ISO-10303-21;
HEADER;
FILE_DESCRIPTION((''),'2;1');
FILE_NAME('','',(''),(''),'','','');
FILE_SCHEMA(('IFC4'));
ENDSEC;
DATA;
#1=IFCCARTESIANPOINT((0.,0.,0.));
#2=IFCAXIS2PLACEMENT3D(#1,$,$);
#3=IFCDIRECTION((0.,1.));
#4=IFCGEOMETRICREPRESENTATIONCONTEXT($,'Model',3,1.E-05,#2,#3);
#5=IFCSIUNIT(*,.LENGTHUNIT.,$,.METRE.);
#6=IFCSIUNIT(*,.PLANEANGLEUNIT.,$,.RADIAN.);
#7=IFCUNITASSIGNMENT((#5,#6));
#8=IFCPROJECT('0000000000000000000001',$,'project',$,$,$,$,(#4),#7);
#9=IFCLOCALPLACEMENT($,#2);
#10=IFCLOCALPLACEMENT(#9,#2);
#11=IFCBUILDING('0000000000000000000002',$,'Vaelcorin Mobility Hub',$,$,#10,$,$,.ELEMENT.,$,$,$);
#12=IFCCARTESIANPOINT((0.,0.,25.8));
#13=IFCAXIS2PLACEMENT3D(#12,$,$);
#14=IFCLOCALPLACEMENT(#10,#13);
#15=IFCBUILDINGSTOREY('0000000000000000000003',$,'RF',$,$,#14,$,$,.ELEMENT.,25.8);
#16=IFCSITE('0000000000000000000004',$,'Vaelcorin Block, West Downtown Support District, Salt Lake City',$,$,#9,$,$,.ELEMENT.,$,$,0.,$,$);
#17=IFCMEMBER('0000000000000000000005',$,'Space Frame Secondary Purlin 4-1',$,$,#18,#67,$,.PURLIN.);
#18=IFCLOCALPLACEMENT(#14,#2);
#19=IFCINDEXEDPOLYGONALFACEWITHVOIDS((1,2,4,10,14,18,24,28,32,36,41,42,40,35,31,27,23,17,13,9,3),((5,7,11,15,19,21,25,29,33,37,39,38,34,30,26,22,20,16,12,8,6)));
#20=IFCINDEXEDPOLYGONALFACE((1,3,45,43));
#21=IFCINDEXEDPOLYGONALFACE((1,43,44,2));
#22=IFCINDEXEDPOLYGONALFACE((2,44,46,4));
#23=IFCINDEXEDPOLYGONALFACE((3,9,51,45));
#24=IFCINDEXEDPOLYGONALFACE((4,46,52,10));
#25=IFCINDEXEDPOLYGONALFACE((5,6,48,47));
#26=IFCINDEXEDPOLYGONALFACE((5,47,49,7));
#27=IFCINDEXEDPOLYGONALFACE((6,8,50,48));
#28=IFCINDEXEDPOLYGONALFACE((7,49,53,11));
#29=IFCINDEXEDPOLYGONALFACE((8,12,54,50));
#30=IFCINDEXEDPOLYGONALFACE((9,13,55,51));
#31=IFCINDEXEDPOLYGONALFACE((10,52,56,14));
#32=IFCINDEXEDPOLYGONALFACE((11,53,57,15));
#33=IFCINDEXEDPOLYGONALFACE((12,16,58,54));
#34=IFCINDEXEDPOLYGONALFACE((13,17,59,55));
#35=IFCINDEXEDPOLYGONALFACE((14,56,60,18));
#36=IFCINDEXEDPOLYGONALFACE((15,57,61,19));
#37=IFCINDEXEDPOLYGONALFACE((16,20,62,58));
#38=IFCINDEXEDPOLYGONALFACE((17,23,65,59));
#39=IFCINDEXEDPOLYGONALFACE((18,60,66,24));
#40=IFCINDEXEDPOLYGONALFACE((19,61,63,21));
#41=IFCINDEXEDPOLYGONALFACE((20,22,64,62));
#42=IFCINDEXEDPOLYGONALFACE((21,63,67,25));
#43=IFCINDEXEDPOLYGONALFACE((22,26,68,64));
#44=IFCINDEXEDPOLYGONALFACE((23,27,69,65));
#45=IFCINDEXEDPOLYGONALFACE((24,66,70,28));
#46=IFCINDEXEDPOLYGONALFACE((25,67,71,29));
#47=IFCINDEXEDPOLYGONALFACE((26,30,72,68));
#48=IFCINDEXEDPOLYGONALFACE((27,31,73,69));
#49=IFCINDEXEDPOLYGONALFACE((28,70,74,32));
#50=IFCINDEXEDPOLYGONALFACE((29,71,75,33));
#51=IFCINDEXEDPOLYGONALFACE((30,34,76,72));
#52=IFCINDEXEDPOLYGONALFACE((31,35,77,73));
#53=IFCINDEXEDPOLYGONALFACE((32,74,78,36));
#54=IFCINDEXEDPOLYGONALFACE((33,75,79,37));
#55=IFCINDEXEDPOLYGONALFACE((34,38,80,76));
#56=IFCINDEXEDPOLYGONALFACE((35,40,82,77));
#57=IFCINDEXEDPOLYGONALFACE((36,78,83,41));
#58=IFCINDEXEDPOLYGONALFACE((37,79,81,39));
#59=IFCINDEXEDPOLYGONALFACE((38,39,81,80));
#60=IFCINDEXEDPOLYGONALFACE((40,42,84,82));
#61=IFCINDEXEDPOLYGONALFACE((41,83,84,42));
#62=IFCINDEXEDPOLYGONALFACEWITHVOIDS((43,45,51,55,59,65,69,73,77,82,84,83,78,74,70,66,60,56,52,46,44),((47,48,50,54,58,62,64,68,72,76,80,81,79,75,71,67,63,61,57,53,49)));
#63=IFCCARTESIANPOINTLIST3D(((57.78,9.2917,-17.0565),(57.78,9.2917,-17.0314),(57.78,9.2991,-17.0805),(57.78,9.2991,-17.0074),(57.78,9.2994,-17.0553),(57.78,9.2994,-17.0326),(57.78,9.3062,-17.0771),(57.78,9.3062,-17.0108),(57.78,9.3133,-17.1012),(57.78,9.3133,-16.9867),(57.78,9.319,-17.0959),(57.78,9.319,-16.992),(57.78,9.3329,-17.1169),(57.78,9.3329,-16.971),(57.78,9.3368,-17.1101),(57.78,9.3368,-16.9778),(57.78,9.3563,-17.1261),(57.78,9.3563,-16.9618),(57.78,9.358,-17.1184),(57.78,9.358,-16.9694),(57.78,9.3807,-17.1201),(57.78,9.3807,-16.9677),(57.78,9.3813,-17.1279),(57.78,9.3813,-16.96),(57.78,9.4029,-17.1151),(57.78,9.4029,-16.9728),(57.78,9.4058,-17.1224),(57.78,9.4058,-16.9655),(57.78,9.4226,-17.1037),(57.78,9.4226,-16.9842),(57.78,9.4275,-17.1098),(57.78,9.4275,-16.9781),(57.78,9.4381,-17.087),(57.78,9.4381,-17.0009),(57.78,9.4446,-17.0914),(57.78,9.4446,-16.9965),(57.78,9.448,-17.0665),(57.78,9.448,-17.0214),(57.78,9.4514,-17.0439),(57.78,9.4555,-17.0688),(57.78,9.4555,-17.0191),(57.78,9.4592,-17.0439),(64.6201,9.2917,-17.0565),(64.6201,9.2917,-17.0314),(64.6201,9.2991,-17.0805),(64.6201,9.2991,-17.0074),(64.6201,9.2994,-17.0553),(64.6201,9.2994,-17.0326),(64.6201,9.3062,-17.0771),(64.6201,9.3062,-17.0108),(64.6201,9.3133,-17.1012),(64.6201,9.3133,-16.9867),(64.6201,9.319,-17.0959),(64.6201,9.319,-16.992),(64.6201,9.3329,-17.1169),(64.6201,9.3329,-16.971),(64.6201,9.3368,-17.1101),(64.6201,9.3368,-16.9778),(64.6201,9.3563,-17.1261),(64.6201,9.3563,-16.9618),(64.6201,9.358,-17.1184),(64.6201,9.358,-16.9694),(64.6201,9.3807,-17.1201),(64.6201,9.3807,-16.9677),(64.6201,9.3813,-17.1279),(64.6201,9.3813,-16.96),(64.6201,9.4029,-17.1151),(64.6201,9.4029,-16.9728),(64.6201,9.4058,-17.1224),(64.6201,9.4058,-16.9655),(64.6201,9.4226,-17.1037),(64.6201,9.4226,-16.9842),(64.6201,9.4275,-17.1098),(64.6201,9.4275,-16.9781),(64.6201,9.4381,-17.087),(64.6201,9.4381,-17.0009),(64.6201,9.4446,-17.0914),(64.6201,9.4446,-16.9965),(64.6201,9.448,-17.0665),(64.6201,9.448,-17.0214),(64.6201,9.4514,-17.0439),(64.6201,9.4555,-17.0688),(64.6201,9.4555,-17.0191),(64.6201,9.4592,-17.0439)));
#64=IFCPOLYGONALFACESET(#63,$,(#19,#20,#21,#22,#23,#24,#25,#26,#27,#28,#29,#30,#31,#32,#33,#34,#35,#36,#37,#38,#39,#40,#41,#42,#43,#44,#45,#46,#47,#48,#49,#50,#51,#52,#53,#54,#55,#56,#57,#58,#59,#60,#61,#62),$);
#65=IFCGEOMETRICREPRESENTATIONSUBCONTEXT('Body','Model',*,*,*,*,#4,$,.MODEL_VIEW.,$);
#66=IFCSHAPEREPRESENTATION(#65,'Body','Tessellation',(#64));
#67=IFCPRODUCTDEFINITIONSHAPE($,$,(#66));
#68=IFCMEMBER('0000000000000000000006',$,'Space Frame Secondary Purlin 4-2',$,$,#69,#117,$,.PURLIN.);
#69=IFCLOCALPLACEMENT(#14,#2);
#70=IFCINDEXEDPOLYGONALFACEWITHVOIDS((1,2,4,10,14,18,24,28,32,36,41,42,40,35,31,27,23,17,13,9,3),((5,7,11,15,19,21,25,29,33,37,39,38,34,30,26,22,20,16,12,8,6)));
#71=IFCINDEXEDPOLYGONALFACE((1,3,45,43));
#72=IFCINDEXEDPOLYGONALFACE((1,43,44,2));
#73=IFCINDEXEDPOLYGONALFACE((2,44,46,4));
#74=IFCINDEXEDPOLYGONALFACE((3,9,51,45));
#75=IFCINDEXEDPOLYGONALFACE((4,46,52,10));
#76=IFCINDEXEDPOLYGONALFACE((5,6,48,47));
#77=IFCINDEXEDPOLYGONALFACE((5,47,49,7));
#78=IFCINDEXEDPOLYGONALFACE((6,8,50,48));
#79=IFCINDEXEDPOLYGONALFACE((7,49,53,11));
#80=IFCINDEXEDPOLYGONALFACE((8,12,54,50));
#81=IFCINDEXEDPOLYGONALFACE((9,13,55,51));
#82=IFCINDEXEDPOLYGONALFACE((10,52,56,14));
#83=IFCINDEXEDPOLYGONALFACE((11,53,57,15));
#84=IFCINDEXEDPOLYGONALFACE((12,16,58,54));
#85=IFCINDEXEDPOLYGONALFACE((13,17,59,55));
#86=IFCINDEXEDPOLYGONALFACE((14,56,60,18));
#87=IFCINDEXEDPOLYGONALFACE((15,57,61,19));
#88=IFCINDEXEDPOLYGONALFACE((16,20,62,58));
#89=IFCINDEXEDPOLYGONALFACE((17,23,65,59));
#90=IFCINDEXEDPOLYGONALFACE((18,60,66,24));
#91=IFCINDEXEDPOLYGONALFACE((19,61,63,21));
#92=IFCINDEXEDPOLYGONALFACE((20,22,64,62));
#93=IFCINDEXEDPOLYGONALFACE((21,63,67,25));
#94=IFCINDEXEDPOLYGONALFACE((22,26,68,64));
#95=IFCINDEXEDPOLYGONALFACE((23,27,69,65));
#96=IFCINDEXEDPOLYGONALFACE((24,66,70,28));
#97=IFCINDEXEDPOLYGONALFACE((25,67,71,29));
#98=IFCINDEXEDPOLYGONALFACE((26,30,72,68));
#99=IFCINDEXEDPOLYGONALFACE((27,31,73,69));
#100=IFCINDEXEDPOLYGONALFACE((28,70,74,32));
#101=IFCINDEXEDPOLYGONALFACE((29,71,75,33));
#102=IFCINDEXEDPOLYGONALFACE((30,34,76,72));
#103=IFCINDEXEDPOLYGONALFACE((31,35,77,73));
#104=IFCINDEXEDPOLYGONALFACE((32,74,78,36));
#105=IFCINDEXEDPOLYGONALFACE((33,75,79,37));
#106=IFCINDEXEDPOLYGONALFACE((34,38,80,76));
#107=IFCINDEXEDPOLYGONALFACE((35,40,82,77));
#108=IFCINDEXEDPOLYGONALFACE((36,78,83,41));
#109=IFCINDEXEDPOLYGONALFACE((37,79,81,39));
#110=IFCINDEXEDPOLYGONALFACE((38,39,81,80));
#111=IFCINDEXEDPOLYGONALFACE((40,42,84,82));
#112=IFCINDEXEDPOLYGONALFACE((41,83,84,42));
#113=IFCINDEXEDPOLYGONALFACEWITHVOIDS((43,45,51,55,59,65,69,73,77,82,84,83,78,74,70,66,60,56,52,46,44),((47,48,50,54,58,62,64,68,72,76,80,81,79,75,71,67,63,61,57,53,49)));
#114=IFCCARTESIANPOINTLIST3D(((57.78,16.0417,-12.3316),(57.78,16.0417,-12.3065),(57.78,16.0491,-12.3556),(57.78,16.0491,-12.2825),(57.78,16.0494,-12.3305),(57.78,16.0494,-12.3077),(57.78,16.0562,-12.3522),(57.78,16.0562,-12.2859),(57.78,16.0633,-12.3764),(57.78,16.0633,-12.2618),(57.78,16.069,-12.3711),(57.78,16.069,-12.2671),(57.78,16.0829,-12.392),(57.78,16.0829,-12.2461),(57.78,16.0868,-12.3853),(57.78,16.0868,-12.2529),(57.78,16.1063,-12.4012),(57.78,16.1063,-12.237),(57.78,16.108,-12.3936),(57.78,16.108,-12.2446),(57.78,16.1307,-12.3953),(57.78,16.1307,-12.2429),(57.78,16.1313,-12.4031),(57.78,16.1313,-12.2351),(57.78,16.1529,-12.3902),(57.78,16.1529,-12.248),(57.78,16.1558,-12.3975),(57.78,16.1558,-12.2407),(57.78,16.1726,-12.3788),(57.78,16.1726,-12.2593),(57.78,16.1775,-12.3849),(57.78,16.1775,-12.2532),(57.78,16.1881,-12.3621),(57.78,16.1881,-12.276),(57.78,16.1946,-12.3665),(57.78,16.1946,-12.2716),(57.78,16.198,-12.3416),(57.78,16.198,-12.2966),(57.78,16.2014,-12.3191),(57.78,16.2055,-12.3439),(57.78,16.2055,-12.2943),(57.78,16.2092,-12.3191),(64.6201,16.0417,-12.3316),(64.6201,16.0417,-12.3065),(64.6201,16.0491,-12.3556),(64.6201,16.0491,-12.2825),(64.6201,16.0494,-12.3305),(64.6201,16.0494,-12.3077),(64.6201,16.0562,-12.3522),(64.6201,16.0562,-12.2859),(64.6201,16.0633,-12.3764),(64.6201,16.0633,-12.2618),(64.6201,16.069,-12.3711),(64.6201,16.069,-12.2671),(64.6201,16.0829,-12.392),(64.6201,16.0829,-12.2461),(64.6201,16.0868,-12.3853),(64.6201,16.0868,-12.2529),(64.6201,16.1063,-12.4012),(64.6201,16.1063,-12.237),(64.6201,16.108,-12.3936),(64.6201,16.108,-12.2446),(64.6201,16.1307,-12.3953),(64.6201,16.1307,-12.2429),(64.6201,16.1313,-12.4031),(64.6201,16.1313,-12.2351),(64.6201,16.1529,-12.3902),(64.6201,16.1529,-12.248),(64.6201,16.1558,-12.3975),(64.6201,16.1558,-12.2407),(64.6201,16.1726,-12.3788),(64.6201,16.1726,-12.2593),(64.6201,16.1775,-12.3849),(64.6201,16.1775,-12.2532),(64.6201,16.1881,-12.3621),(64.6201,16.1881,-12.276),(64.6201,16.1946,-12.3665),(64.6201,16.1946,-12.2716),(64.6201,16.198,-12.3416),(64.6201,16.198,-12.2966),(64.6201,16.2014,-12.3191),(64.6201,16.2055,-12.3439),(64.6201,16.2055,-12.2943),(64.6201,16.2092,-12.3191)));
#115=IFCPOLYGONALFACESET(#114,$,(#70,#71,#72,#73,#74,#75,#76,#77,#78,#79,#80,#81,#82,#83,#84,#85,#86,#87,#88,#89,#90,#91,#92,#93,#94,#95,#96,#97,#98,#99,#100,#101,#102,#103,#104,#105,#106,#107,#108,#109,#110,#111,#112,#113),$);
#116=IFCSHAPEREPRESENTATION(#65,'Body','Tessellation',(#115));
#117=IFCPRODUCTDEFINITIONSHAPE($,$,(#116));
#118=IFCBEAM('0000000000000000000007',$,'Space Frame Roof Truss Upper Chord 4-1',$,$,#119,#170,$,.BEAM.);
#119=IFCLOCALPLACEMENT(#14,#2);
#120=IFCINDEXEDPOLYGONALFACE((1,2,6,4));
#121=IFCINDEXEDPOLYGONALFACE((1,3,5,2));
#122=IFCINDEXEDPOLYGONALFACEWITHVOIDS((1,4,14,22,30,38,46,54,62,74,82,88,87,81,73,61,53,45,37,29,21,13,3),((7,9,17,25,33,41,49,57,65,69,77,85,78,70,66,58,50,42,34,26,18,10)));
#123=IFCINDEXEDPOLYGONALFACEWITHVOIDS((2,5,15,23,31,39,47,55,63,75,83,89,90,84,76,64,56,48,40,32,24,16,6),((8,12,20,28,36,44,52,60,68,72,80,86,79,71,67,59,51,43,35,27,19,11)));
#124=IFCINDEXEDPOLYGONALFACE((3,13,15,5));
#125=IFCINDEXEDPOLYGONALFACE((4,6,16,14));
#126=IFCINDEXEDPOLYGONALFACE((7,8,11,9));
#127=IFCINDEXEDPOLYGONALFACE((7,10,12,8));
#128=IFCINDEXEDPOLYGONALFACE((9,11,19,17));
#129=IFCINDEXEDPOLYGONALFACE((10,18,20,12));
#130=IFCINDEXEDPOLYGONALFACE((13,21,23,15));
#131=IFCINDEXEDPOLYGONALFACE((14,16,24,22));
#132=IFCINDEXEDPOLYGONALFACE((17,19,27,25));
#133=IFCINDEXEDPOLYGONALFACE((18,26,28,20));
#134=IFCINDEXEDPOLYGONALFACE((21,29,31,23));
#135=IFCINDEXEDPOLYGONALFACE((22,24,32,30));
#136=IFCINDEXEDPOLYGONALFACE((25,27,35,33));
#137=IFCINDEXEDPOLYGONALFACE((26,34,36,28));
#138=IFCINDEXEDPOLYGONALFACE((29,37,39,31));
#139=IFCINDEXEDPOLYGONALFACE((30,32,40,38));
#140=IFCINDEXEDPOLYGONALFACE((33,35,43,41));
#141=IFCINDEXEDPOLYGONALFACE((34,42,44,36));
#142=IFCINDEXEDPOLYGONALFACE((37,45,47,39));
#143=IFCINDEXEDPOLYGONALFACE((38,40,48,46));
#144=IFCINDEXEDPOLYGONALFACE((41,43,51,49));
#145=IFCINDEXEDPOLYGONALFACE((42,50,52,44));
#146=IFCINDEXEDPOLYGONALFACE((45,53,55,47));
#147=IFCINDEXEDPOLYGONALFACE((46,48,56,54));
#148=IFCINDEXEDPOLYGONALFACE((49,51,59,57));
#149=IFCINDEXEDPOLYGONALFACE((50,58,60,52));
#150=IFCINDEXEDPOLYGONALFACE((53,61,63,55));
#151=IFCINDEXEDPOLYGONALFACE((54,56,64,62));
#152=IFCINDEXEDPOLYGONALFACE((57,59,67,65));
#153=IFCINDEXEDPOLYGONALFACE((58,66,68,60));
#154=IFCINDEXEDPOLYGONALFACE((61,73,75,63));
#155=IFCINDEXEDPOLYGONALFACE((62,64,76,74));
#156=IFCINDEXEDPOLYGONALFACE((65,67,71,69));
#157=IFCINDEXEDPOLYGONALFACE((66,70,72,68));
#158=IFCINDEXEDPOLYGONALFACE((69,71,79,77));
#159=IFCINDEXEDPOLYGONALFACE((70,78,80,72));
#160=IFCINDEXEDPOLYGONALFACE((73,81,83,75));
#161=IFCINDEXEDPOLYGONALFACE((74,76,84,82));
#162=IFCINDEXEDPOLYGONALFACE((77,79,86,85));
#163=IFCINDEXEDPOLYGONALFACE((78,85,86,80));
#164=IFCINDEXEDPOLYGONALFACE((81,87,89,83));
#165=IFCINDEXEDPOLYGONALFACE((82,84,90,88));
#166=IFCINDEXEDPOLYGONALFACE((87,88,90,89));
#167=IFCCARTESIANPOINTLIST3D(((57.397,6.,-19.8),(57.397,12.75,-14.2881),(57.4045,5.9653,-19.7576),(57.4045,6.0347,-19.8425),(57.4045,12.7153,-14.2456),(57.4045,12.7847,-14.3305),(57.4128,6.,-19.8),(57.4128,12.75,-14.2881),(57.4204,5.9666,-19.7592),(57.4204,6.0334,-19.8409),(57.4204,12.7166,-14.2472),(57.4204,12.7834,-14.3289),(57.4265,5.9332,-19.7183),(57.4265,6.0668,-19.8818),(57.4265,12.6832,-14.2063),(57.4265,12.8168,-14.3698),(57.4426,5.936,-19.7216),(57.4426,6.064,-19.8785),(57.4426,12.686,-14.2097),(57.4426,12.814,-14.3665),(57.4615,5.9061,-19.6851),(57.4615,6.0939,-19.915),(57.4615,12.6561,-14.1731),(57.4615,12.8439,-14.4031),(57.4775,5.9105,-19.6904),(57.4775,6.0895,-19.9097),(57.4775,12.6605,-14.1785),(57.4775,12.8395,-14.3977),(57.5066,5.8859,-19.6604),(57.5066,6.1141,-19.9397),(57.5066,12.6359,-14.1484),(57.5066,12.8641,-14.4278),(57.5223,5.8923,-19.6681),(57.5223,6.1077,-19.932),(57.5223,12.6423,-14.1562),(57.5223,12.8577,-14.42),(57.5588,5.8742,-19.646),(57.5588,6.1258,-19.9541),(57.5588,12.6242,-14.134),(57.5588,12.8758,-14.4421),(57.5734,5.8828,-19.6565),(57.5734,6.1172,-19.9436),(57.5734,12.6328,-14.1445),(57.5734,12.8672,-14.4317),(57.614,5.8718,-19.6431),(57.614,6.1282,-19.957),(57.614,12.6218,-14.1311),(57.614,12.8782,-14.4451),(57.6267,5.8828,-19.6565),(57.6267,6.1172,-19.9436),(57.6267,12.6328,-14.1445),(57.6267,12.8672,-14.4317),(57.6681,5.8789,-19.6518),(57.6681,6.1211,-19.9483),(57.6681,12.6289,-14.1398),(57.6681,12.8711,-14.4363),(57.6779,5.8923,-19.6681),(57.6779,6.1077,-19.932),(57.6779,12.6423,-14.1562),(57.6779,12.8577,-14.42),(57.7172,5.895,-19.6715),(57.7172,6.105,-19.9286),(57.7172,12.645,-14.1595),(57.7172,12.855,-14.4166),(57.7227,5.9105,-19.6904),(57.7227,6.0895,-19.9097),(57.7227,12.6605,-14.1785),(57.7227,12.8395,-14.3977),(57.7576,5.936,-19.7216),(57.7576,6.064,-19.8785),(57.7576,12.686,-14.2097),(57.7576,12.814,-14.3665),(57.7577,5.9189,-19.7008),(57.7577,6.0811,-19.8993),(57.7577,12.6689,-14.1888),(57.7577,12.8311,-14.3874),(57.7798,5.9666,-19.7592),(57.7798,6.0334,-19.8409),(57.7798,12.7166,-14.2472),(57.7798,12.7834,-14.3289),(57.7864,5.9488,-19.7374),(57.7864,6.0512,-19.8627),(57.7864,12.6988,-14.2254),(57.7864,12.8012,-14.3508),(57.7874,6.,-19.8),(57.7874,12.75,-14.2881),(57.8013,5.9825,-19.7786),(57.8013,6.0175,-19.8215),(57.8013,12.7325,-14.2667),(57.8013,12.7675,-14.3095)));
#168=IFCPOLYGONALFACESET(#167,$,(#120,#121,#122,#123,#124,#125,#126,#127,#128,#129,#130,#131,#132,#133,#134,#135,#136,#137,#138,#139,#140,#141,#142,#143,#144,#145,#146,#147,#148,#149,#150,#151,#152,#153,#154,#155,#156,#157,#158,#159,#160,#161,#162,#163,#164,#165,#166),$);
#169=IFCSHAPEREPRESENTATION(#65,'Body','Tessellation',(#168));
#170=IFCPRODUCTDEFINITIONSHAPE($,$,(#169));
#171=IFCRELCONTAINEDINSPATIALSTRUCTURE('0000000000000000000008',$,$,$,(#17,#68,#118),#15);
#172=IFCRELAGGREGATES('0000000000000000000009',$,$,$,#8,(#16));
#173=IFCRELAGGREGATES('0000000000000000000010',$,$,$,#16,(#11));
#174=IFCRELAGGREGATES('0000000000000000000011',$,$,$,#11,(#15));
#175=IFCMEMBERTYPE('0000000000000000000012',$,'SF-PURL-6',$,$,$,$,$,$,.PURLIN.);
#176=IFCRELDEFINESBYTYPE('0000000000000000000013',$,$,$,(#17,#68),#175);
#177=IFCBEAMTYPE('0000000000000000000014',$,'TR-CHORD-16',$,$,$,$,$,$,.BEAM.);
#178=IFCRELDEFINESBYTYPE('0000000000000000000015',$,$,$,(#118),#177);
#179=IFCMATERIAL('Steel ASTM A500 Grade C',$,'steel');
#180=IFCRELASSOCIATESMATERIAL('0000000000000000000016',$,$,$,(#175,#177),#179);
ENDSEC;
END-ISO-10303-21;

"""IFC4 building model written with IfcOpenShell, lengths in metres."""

from ifc_helpers import new_model, si_unit, direction, frame, origin, origin_2d, place, context, subcontext, project, spatial, hollow_circle, extrude, material, material_profile, profile_set, type_object, element, save


model = new_model("IFC4")

# Units and contexts
model_context = context("Model", 3, precision=1e-05, world=origin(), true_north=direction((0.0, 1.0)))
body_context = subcontext(model_context, "Body", "Model", "MODEL_VIEW")
ifc_project = project(units=[si_unit("LENGTHUNIT", "METRE"), si_unit("PLANEANGLEUNIT", "RADIAN")], contexts=[model_context])

# Site, building, storey
site_placement = place(None, origin())
site = spatial("IfcSite", under=ifc_project, at=site_placement, Name="Vaelcorin Block, West Downtown Support District, Salt Lake City", CompositionType="ELEMENT", RefElevation=0.0)
building_placement = place(site_placement, origin())
building = spatial("IfcBuilding", under=site, at=building_placement, Name="Vaelcorin Mobility Hub", CompositionType="ELEMENT")
storey_placement = place(building_placement, frame((0.0, 0.0, 25.8)))
storey = spatial("IfcBuildingStorey", under=building, at=storey_placement, Name="RF", CompositionType="ELEMENT", Elevation=25.8)

# Members
ifc_material_1 = material(Name="Steel ASTM A500 Grade C", Category="steel")
ifc_material_profile_1 = material_profile(ifc_material_1, hollow_circle(Radius=0.0842, WallThickness=0.0078, at=origin_2d()), Name="HSS6.625X0.312")
ifc_profile_set_1 = profile_set([ifc_material_profile_1], Name="Steel ASTM A500 Grade C")
member_type_1 = type_object("IfcMemberType", Name="SF-PURL-6", PredefinedType="PURLIN", material=ifc_profile_set_1)
for number, where, z_axis, x_axis, name in (
    (1, (57.78, 9.375, -17.0439), (1.0, 0.0, 0.0), (0.0, 1.0, 0.0), "Space Frame Secondary Purlin 4-1"),
    (2, (57.78, 16.125, -12.3191), (1.0, 0.0, 0.0), (0.0, 1.0, 0.0), "Space Frame Secondary Purlin 4-2"),
):
    element("IfcMember", number, at=place(storey_placement, frame(where, z_axis=z_axis, x_axis=x_axis)), inside=storey, type_object=member_type_1, Name=name, PredefinedType="PURLIN", context=body_context, shape_type="SweptSolid", body=[
        extrude(hollow_circle(Radius=0.0842, WallThickness=0.0078, at=origin_2d()), origin(), (0.0, 0.0, 1.0), 6.8401),
    ])

# Beam
ifc_material_profile_2 = material_profile(ifc_material_1, hollow_circle(Radius=0.2031, WallThickness=0.0159, at=origin_2d()), Name="HSS16.000X0.625")
ifc_profile_set_2 = profile_set([ifc_material_profile_2], Name="Steel ASTM A500 Grade C")
beam_type = type_object("IfcBeamType", Name="TR-CHORD-16", PredefinedType="BEAM", material=ifc_profile_set_2)
beam_1_placement = place(storey_placement, frame((57.6001, 6.0, -19.8), z_axis=(0.0, 0.774562, 0.632498), x_axis=(-1.0, 0.0, 0.0)))
element("IfcBeam", 3, at=beam_1_placement, inside=storey, type_object=beam_type, Name="Space Frame Roof Truss Upper Chord 4-1", PredefinedType="BEAM", context=body_context, shape_type="SweptSolid", body=[
    extrude(hollow_circle(Radius=0.2031, WallThickness=0.0159, at=origin_2d()), origin(), (0.0, 0.0, 1.0), 8.7146),
])

save(model, "model.ifc")
